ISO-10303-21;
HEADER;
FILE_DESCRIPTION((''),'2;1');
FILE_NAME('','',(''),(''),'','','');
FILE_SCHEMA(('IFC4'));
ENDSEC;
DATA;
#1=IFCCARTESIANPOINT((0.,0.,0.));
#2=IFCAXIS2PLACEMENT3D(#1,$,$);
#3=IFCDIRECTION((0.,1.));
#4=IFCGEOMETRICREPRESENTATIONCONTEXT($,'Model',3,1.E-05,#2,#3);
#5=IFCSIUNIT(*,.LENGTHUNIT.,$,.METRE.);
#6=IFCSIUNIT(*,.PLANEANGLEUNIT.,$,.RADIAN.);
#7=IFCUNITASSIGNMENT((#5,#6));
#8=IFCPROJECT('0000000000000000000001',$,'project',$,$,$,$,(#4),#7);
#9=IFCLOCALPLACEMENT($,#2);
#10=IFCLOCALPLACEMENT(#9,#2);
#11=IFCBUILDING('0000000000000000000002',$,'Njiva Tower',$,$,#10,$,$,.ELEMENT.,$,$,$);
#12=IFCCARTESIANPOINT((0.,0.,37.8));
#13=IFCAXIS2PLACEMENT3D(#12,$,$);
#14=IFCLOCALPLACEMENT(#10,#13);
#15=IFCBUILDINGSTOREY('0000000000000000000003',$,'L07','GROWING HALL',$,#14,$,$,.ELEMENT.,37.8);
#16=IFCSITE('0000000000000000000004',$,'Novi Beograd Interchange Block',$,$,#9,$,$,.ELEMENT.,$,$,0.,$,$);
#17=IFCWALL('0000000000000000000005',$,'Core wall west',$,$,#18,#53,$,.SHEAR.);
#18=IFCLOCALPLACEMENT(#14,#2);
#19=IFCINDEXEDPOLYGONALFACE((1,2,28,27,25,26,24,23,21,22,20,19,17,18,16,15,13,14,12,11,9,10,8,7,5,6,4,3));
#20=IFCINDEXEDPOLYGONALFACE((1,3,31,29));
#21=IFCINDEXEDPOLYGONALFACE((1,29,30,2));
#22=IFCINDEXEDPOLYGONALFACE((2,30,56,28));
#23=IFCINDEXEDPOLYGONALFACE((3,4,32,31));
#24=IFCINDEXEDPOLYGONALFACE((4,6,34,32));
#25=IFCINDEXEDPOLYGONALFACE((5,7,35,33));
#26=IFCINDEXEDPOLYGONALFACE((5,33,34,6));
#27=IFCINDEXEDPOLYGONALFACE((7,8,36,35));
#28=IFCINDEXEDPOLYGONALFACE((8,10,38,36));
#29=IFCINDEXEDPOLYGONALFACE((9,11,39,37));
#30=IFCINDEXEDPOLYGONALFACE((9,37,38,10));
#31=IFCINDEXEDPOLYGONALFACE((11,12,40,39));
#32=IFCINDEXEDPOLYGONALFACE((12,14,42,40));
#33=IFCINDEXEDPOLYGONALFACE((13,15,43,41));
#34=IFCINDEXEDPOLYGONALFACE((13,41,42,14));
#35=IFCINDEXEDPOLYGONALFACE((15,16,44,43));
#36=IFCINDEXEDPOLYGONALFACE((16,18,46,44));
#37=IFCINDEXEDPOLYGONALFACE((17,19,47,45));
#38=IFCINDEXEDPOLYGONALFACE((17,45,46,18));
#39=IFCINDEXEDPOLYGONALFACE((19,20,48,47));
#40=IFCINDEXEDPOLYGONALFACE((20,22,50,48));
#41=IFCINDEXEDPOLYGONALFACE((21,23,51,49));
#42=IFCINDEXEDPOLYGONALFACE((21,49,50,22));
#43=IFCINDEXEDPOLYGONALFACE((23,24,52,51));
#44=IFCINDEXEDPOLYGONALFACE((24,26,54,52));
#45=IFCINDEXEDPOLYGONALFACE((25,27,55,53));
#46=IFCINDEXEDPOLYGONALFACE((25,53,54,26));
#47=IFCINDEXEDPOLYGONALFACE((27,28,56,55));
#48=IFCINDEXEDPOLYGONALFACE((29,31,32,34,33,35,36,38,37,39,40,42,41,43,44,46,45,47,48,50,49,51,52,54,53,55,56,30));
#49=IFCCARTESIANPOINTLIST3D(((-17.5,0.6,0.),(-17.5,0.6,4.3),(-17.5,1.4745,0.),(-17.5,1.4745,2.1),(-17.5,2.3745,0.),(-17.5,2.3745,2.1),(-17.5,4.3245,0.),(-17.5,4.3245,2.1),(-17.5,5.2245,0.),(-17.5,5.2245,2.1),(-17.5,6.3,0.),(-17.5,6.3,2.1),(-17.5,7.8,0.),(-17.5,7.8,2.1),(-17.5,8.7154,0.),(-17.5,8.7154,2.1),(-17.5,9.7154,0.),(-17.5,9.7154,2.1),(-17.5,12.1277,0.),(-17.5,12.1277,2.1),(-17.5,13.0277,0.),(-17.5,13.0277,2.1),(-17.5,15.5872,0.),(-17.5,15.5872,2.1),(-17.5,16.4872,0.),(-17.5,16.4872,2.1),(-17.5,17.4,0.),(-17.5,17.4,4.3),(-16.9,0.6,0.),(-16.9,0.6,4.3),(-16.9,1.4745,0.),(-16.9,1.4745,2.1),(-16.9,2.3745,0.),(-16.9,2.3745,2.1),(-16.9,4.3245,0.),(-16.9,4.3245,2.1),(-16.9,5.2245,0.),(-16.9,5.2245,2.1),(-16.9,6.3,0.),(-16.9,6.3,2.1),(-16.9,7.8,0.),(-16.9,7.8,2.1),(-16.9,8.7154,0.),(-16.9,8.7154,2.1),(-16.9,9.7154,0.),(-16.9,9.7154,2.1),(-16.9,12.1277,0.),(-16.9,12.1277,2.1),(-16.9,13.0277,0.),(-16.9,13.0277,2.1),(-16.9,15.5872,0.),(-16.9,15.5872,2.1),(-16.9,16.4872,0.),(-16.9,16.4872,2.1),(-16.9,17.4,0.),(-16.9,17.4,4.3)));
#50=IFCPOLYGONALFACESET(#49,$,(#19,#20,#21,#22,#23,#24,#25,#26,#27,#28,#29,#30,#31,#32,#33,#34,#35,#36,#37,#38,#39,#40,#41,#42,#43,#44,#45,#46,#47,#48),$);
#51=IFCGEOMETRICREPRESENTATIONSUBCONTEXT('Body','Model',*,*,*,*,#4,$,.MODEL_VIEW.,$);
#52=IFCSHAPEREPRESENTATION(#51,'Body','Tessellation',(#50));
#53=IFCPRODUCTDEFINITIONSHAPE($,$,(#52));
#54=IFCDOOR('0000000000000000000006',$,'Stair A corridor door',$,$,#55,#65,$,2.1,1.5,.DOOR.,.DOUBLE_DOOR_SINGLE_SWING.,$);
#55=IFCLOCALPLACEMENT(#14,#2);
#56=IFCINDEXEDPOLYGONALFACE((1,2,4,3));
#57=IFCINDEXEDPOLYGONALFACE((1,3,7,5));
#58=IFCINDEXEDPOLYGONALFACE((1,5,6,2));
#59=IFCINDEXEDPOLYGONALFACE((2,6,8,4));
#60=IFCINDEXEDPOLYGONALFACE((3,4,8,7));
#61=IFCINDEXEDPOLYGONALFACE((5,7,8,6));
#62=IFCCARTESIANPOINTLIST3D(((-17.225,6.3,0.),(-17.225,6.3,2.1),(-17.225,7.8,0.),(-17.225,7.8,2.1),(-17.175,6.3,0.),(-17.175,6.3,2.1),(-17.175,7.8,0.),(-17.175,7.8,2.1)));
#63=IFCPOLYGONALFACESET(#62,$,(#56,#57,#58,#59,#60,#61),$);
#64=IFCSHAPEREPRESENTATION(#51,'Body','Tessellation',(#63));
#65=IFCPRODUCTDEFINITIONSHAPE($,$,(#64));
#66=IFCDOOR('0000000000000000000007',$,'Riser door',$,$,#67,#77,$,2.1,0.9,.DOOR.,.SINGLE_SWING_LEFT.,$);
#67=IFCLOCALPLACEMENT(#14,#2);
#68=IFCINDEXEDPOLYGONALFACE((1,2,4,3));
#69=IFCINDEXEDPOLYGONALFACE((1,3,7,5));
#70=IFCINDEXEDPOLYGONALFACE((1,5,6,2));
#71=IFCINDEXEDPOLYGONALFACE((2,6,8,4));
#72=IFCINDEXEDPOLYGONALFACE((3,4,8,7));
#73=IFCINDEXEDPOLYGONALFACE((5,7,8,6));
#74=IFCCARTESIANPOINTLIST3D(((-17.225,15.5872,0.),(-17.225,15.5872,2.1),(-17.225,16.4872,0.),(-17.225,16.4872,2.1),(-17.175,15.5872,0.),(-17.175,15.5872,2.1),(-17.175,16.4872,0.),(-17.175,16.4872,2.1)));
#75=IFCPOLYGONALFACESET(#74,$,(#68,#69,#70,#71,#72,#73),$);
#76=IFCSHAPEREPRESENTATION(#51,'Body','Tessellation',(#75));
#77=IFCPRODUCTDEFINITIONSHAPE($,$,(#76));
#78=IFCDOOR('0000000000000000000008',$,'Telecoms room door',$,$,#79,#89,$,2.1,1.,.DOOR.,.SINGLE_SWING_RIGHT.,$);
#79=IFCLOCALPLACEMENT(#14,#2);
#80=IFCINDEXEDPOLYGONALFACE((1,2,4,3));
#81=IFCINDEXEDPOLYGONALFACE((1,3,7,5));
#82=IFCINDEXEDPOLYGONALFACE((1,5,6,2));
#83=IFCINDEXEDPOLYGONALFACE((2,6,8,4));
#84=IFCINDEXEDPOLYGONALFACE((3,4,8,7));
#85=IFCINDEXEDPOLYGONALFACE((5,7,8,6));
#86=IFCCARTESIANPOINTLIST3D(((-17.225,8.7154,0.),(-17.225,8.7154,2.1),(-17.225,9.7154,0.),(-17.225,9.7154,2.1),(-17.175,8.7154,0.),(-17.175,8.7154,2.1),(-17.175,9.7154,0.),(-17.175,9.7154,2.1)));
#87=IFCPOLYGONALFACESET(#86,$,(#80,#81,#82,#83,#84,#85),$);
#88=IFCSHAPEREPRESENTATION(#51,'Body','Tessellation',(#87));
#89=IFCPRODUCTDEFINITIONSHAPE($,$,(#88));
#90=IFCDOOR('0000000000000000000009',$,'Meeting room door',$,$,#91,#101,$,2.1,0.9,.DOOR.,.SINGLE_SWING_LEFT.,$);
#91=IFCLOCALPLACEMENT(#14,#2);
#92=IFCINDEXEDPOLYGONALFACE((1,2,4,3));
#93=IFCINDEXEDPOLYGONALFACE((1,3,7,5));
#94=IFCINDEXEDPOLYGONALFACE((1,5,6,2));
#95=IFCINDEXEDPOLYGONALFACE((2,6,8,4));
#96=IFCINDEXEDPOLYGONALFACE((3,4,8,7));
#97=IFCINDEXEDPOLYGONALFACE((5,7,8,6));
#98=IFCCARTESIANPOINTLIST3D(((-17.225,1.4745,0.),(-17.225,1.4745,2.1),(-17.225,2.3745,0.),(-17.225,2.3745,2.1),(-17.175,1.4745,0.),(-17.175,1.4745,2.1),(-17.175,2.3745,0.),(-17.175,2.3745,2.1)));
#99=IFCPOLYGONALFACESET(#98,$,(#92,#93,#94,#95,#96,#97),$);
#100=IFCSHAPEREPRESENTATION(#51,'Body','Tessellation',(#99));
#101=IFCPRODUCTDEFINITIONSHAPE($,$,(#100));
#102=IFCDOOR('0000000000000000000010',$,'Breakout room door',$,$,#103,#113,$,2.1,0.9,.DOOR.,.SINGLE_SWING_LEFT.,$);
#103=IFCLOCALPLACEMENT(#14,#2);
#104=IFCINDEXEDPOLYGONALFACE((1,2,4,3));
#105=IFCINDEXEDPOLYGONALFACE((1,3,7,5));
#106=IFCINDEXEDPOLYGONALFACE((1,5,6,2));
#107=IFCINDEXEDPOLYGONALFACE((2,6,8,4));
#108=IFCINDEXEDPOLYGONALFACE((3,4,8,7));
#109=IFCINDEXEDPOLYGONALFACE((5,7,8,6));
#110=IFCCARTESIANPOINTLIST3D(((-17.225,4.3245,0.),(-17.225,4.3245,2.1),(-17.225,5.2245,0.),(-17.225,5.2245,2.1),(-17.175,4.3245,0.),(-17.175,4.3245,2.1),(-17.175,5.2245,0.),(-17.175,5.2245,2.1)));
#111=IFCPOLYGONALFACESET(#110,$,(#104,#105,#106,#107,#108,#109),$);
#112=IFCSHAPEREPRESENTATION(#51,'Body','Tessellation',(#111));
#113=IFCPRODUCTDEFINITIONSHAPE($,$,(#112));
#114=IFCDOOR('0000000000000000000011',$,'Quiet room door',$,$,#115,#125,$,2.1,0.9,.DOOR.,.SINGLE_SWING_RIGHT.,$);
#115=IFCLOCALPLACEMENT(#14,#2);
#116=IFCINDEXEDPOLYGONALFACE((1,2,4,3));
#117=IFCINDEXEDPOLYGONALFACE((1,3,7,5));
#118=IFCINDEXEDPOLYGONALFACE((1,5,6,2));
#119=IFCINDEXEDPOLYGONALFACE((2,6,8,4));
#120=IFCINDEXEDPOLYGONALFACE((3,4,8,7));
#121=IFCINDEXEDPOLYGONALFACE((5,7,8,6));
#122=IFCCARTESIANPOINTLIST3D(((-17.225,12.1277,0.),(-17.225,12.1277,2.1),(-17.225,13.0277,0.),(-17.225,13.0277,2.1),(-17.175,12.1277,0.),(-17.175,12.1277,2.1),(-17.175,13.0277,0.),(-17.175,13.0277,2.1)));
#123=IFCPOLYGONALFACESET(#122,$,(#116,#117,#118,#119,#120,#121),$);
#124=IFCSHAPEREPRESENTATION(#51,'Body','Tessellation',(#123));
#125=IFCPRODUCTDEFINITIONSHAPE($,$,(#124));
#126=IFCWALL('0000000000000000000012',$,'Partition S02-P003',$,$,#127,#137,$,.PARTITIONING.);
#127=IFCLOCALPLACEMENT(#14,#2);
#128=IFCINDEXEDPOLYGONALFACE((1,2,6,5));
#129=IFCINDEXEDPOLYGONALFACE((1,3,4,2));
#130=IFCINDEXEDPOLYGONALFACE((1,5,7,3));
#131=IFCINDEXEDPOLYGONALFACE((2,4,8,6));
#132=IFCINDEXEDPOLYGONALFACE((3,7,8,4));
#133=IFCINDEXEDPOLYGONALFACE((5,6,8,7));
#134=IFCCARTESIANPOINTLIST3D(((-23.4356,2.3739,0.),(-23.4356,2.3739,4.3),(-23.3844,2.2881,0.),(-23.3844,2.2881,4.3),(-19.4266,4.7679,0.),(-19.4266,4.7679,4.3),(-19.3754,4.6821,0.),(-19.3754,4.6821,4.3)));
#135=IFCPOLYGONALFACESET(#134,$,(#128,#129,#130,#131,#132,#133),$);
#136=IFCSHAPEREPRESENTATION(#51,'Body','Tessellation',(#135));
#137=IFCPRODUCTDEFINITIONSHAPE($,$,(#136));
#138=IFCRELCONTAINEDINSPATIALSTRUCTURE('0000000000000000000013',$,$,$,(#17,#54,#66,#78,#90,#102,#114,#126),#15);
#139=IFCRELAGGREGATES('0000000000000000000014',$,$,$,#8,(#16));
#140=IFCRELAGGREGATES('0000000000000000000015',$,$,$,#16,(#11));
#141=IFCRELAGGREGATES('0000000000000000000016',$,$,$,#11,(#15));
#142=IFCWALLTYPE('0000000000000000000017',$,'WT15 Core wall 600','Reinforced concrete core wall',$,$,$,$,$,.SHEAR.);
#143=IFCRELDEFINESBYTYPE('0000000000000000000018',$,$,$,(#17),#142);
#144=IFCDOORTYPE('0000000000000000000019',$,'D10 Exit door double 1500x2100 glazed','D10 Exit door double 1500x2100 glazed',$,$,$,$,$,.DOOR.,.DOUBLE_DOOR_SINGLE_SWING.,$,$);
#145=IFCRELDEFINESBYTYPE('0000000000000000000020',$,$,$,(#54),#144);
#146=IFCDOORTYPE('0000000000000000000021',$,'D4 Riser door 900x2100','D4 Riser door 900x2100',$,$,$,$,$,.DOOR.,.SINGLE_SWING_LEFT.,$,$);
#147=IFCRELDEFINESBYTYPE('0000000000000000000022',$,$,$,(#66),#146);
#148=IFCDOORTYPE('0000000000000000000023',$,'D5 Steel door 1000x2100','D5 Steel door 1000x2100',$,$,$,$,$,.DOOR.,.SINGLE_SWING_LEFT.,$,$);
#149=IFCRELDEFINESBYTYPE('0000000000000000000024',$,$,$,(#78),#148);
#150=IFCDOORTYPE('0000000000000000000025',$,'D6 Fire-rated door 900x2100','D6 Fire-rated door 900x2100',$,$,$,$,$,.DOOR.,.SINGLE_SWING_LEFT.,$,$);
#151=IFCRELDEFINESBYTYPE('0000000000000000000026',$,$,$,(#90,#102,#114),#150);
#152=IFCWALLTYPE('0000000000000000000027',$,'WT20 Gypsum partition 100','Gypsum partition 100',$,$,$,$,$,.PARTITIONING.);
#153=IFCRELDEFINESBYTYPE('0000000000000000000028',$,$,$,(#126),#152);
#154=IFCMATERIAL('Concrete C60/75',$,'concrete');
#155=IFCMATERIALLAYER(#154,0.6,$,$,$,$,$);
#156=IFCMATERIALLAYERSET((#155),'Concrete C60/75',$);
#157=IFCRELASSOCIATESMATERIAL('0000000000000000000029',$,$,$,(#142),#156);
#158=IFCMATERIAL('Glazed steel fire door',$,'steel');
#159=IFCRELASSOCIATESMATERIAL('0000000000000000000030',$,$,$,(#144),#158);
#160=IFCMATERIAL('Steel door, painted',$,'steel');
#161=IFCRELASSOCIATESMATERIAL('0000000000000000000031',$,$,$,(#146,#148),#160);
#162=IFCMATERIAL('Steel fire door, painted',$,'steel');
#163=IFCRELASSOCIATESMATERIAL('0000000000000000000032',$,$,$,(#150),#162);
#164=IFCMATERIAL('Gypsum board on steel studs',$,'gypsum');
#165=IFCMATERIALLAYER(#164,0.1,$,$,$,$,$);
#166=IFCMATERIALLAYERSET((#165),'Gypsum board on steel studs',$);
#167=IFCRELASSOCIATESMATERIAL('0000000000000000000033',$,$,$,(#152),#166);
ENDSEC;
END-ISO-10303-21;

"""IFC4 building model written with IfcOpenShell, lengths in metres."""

from ifc_helpers import new_model, si_unit, direction, frame, frame_2d, origin, place, context, subcontext, project, spatial, rectangle, extrude, material, layer, layer_set, type_object, element, fill, save


model = new_model("IFC4")

# Units and contexts
model_context = context("Model", 3, precision=1e-05, world=origin(), true_north=direction((0.0, 1.0)))
body_context = subcontext(model_context, "Body", "Model", "MODEL_VIEW")
ifc_project = project(units=[si_unit("LENGTHUNIT", "METRE"), si_unit("PLANEANGLEUNIT", "RADIAN")], contexts=[model_context])

# Site, building, storey
site_placement = place(None, origin())
site = spatial("IfcSite", under=ifc_project, at=site_placement, Name="Novi Beograd Interchange Block", CompositionType="ELEMENT", RefElevation=0.0)
building_placement = place(site_placement, origin())
building = spatial("IfcBuilding", under=site, at=building_placement, Name="Njiva Tower", CompositionType="ELEMENT")
storey_placement = place(building_placement, frame((0.0, 0.0, 37.8)))
storey = spatial("IfcBuildingStorey", under=building, at=storey_placement, Name="L07", Description="GROWING HALL", CompositionType="ELEMENT", Elevation=37.8)

# Wall, openings, doors
ifc_material_1 = material(Name="Concrete C60/75", Category="concrete")
ifc_layer_1 = layer(ifc_material_1, 0.6)
ifc_layer_set_1 = layer_set([ifc_layer_1], Name="Concrete C60/75")
wall_type_1 = type_object("IfcWallType", Name="WT15 Core wall 600", Description="Reinforced concrete core wall", PredefinedType="SHEAR", material=ifc_layer_set_1)
wall_1_placement = place(storey_placement, frame((-17.2, 0.6, 0.0), z_axis=(0.0, 0.0, 1.0), x_axis=(0.0, 1.0, 0.0)))
wall_1 = element("IfcWall", 1, at=wall_1_placement, inside=storey, type_object=wall_type_1, Name="Core wall west", PredefinedType="SHEAR", context=body_context, shape_type="SweptSolid", body=[
    extrude(rectangle(XDim=16.8, YDim=0.6, at=frame_2d((8.4, 0.0))), origin(), (0.0, 0.0, 1.0), 4.3),
])
opening_1_placement = place(wall_1_placement, frame((5.7, 0.0, 0.0)))
opening_1 = element("IfcOpeningElement", 2, at=opening_1_placement, cuts=wall_1, PredefinedType="OPENING", context=body_context, shape_type="SweptSolid", body=[
    extrude(rectangle(XDim=1.5, YDim=2.1, at=frame_2d((0.75, 1.05))), frame((0.0, 0.31, 0.0), z_axis=(0.0, -1.0, 0.0), x_axis=(1.0, 0.0, 0.0)), (0.0, 0.0, 1.0), 0.62),
])
opening_2_placement = place(wall_1_placement, frame((0.8745, 0.0, 0.0)))
opening_2 = element("IfcOpeningElement", 3, at=opening_2_placement, cuts=wall_1, PredefinedType="OPENING", context=body_context, shape_type="SweptSolid", body=[
    extrude(rectangle(XDim=0.9, YDim=2.1, at=frame_2d((0.45, 1.05))), frame((0.0, 0.31, 0.0), z_axis=(0.0, -1.0, 0.0), x_axis=(1.0, 0.0, 0.0)), (0.0, 0.0, 1.0), 0.62),
])
opening_3_placement = place(wall_1_placement, frame((3.7245, 0.0, 0.0)))
opening_3 = element("IfcOpeningElement", 4, at=opening_3_placement, cuts=wall_1, PredefinedType="OPENING", context=body_context, shape_type="SweptSolid", body=[
    extrude(rectangle(XDim=0.9, YDim=2.1, at=frame_2d((0.45, 1.05))), frame((0.0, 0.31, 0.0), z_axis=(0.0, -1.0, 0.0), x_axis=(1.0, 0.0, 0.0)), (0.0, 0.0, 1.0), 0.62),
])
opening_4_placement = place(wall_1_placement, frame((8.1154, 0.0, 0.0)))
opening_4 = element("IfcOpeningElement", 5, at=opening_4_placement, cuts=wall_1, PredefinedType="OPENING", context=body_context, shape_type="SweptSolid", body=[
    extrude(rectangle(XDim=1.0, YDim=2.1, at=frame_2d((0.5, 1.05))), frame((0.0, 0.31, 0.0), z_axis=(0.0, -1.0, 0.0), x_axis=(1.0, 0.0, 0.0)), (0.0, 0.0, 1.0), 0.62),
])
opening_5_placement = place(wall_1_placement, frame((11.5277, 0.0, 0.0)))
opening_5 = element("IfcOpeningElement", 6, at=opening_5_placement, cuts=wall_1, PredefinedType="OPENING", context=body_context, shape_type="SweptSolid", body=[
    extrude(rectangle(XDim=0.9, YDim=2.1, at=frame_2d((0.45, 1.05))), frame((0.0, 0.31, 0.0), z_axis=(0.0, -1.0, 0.0), x_axis=(1.0, 0.0, 0.0)), (0.0, 0.0, 1.0), 0.62),
])
opening_6_placement = place(wall_1_placement, frame((14.9872, 0.0, 0.0)))
opening_6 = element("IfcOpeningElement", 7, at=opening_6_placement, cuts=wall_1, PredefinedType="OPENING", context=body_context, shape_type="SweptSolid", body=[
    extrude(rectangle(XDim=0.9, YDim=2.1, at=frame_2d((0.45, 1.05))), frame((0.0, 0.31, 0.0), z_axis=(0.0, -1.0, 0.0), x_axis=(1.0, 0.0, 0.0)), (0.0, 0.0, 1.0), 0.62),
])
ifc_material_2 = material(Name="Glazed steel fire door", Category="steel")
door_type_1 = type_object("IfcDoorType", Name="D10 Exit door double 1500x2100 glazed", Description="D10 Exit door double 1500x2100 glazed", OperationType="DOUBLE_DOOR_SINGLE_SWING", PredefinedType="DOOR", material=ifc_material_2)
door_1_placement = place(opening_1_placement, origin())
door_1 = element("IfcDoor", 8, at=door_1_placement, inside=storey, type_object=door_type_1, Name="Stair A corridor door", OperationType="DOUBLE_DOOR_SINGLE_SWING", OverallHeight=2.1, OverallWidth=1.5, PredefinedType="DOOR", context=body_context, shape_type="SweptSolid", body=[
    extrude(rectangle(XDim=1.5, YDim=2.1, at=frame_2d((0.75, 1.05))), frame((0.0, 0.025, 0.0), z_axis=(0.0, -1.0, 0.0), x_axis=(1.0, 0.0, 0.0)), (0.0, 0.0, 1.0), 0.05),
])
fill(opening_1, door_1)
ifc_material_3 = material(Name="Steel door, painted", Category="steel")
door_type_2 = type_object("IfcDoorType", Name="D4 Riser door 900x2100", Description="D4 Riser door 900x2100", OperationType="SINGLE_SWING_LEFT", PredefinedType="DOOR", material=ifc_material_3)
door_2_placement = place(opening_6_placement, origin())
door_2 = element("IfcDoor", 9, at=door_2_placement, inside=storey, type_object=door_type_2, Name="Riser door", OperationType="SINGLE_SWING_LEFT", OverallHeight=2.1, OverallWidth=0.9, PredefinedType="DOOR", context=body_context, shape_type="SweptSolid", body=[
    extrude(rectangle(XDim=0.9, YDim=2.1, at=frame_2d((0.45, 1.05))), frame((0.0, 0.025, 0.0), z_axis=(0.0, -1.0, 0.0), x_axis=(1.0, 0.0, 0.0)), (0.0, 0.0, 1.0), 0.05),
])
fill(opening_6, door_2)
door_type_3 = type_object("IfcDoorType", Name="D5 Steel door 1000x2100", Description="D5 Steel door 1000x2100", OperationType="SINGLE_SWING_LEFT", PredefinedType="DOOR", material=ifc_material_3)
door_3_placement = place(opening_4_placement, origin())
door_3 = element("IfcDoor", 10, at=door_3_placement, inside=storey, type_object=door_type_3, Name="Telecoms room door", OperationType="SINGLE_SWING_RIGHT", OverallHeight=2.1, OverallWidth=1.0, PredefinedType="DOOR", context=body_context, shape_type="SweptSolid", body=[
    extrude(rectangle(XDim=1.0, YDim=2.1, at=frame_2d((0.5, 1.05))), frame((0.0, 0.025, 0.0), z_axis=(0.0, -1.0, 0.0), x_axis=(1.0, 0.0, 0.0)), (0.0, 0.0, 1.0), 0.05),
])
fill(opening_4, door_3)
ifc_material_4 = material(Name="Steel fire door, painted", Category="steel")
door_type_4 = type_object("IfcDoorType", Name="D6 Fire-rated door 900x2100", Description="D6 Fire-rated door 900x2100", OperationType="SINGLE_SWING_LEFT", PredefinedType="DOOR", material=ifc_material_4)
door_4_placement = place(opening_2_placement, origin())
door_4 = element("IfcDoor", 11, at=door_4_placement, inside=storey, type_object=door_type_4, Name="Meeting room door", OperationType="SINGLE_SWING_LEFT", OverallHeight=2.1, OverallWidth=0.9, PredefinedType="DOOR", context=body_context, shape_type="SweptSolid", body=[
    extrude(rectangle(XDim=0.9, YDim=2.1, at=frame_2d((0.45, 1.05))), frame((0.0, 0.025, 0.0), z_axis=(0.0, -1.0, 0.0), x_axis=(1.0, 0.0, 0.0)), (0.0, 0.0, 1.0), 0.05),
])
fill(opening_2, door_4)
door_5_placement = place(opening_3_placement, origin())
door_5 = element("IfcDoor", 12, at=door_5_placement, inside=storey, type_object=door_type_4, Name="Breakout room door", OperationType="SINGLE_SWING_LEFT", OverallHeight=2.1, OverallWidth=0.9, PredefinedType="DOOR", context=body_context, shape_type="SweptSolid", body=[
    extrude(rectangle(XDim=0.9, YDim=2.1, at=frame_2d((0.45, 1.05))), frame((0.0, 0.025, 0.0), z_axis=(0.0, -1.0, 0.0), x_axis=(1.0, 0.0, 0.0)), (0.0, 0.0, 1.0), 0.05),
])
fill(opening_3, door_5)
door_6_placement = place(opening_5_placement, origin())
door_6 = element("IfcDoor", 13, at=door_6_placement, inside=storey, type_object=door_type_4, Name="Quiet room door", OperationType="SINGLE_SWING_RIGHT", OverallHeight=2.1, OverallWidth=0.9, PredefinedType="DOOR", context=body_context, shape_type="SweptSolid", body=[
    extrude(rectangle(XDim=0.9, YDim=2.1, at=frame_2d((0.45, 1.05))), frame((0.0, 0.025, 0.0), z_axis=(0.0, -1.0, 0.0), x_axis=(1.0, 0.0, 0.0)), (0.0, 0.0, 1.0), 0.05),
])
fill(opening_5, door_6)

# Wall
ifc_material_5 = material(Name="Gypsum board on steel studs", Category="gypsum")
ifc_layer_2 = layer(ifc_material_5, 0.1)
ifc_layer_set_2 = layer_set([ifc_layer_2], Name="Gypsum board on steel studs")
wall_type_2 = type_object("IfcWallType", Name="WT20 Gypsum partition 100", Description="Gypsum partition 100", PredefinedType="PARTITIONING", material=ifc_layer_set_2)
wall_2_placement = place(storey_placement, frame((-23.41, 2.331, 0.0), z_axis=(0.0, 0.0, 1.0), x_axis=(0.858568, 0.512699, 0.0)))
element("IfcWall", 14, at=wall_2_placement, inside=storey, type_object=wall_type_2, Name="Partition S02-P003", PredefinedType="PARTITIONING", context=body_context, shape_type="SweptSolid", body=[
    extrude(rectangle(XDim=4.6694, YDim=0.1, at=frame_2d((2.3347, 0.0))), origin(), (0.0, 0.0, 1.0), 4.3),
])

save(model, "model.ifc")
